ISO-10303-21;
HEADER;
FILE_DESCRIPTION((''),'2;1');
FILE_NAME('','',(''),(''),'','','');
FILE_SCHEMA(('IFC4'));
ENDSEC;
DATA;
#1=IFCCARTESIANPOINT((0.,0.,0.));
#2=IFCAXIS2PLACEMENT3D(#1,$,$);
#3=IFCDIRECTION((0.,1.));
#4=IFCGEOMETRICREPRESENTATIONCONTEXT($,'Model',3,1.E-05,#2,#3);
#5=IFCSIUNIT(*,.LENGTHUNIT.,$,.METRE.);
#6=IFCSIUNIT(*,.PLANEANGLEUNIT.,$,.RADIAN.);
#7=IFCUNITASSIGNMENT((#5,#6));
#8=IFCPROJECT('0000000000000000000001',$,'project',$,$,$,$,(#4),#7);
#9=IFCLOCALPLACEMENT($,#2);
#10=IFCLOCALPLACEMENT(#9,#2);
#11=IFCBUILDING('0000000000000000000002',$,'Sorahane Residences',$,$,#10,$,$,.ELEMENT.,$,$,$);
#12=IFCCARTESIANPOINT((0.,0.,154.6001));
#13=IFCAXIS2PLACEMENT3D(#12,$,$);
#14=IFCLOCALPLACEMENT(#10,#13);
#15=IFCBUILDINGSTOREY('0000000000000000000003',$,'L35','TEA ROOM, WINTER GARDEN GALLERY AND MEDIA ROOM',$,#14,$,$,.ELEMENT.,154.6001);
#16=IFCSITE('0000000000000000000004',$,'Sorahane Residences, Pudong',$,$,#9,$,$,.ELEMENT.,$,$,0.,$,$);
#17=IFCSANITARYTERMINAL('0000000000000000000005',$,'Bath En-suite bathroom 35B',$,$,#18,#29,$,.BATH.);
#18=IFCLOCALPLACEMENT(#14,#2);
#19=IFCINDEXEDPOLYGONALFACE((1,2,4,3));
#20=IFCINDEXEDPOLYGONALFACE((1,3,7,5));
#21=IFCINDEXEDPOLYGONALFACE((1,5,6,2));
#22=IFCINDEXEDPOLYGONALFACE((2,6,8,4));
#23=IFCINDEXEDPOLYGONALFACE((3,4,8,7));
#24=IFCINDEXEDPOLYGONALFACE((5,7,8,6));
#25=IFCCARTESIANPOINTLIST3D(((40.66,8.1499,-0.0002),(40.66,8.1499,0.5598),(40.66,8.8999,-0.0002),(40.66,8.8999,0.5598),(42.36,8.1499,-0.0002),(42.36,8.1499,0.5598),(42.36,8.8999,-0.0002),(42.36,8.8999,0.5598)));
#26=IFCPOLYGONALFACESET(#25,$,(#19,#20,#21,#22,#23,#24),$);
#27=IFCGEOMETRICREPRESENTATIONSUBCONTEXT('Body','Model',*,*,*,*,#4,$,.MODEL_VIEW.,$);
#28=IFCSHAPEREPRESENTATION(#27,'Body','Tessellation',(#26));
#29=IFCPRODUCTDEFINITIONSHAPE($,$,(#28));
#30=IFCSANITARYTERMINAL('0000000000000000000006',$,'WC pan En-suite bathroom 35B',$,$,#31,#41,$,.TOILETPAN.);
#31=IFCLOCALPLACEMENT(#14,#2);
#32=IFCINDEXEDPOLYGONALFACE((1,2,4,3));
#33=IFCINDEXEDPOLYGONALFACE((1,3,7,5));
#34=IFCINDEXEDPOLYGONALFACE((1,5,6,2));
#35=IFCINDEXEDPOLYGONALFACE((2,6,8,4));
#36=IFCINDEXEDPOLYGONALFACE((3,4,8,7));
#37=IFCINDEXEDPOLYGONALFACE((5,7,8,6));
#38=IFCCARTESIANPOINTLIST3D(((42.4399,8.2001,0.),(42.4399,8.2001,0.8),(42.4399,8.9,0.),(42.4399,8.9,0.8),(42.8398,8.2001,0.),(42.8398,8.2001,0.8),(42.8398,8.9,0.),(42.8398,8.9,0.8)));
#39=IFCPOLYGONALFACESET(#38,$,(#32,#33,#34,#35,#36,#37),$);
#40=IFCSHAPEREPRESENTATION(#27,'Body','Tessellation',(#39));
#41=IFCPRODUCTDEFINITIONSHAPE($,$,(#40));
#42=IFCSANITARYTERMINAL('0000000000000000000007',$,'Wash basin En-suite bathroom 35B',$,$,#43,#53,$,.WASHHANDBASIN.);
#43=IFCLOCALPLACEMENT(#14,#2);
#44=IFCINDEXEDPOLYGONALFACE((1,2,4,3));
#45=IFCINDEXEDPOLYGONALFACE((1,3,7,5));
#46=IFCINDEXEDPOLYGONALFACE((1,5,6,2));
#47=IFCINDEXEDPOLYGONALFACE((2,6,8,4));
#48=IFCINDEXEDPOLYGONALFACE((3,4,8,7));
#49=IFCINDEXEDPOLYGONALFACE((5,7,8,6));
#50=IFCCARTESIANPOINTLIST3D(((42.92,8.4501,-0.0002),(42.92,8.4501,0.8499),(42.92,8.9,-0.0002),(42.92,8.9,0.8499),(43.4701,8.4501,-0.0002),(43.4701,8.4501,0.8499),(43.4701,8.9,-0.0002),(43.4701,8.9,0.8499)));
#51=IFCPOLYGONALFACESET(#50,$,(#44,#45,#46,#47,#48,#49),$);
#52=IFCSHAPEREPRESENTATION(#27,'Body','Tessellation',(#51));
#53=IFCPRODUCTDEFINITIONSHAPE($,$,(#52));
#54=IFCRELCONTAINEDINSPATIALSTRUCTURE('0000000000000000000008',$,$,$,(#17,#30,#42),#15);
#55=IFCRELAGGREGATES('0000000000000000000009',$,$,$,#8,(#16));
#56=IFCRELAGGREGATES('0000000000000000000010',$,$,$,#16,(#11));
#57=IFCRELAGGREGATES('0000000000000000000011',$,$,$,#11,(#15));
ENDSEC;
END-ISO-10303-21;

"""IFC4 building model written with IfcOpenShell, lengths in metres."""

from ifc_helpers import new_model, si_unit, direction, frame, origin, origin_2d, place, context, subcontext, project, spatial, rectangle, extrude, element, save


model = new_model("IFC4")

# Units and contexts
model_context = context("Model", 3, precision=1e-05, world=origin(), true_north=direction((0.0, 1.0)))
body_context = subcontext(model_context, "Body", "Model", "MODEL_VIEW")
ifc_project = project(units=[si_unit("LENGTHUNIT", "METRE"), si_unit("PLANEANGLEUNIT", "RADIAN")], contexts=[model_context])

# Site, building, storey
site_placement = place(None, origin())
site = spatial("IfcSite", under=ifc_project, at=site_placement, Name="Sorahane Residences, Pudong", CompositionType="ELEMENT", RefElevation=0.0)
building_placement = place(site_placement, origin())
building = spatial("IfcBuilding", under=site, at=building_placement, Name="Sorahane Residences", CompositionType="ELEMENT")
storey_placement = place(building_placement, frame((0.0, 0.0, 154.6001)))
storey = spatial("IfcBuildingStorey", under=building, at=storey_placement, Name="L35", Description="TEA ROOM, WINTER GARDEN GALLERY AND MEDIA ROOM", CompositionType="ELEMENT", Elevation=154.6001)

# Sanitary terminals
sanitary_terminal_1_placement = place(storey_placement, frame((41.51, 8.5249, -0.0002), z_axis=(0.0, 0.0, 1.0), x_axis=(1.0, 0.0, 0.0)))
element("IfcSanitaryTerminal", 1, at=sanitary_terminal_1_placement, inside=storey, Name="Bath En-suite bathroom 35B", PredefinedType="BATH", context=body_context, shape_type="SweptSolid", body=[
    extrude(rectangle(XDim=1.7, YDim=0.75, at=origin_2d()), origin(), (0.0, 0.0, 1.0), 0.5601),
])
sanitary_terminal_2_placement = place(storey_placement, frame((42.6399, 8.55, 0.0), z_axis=(0.0, 0.0, 1.0), x_axis=(1.0, 0.0, 0.0)))
element("IfcSanitaryTerminal", 2, at=sanitary_terminal_2_placement, inside=storey, Name="WC pan En-suite bathroom 35B", PredefinedType="TOILETPAN", context=body_context, shape_type="SweptSolid", body=[
    extrude(rectangle(XDim=0.3999, YDim=0.7, at=origin_2d()), origin(), (0.0, 0.0, 1.0), 0.8),
])
sanitary_terminal_3_placement = place(storey_placement, frame((43.1951, 8.675, -0.0002), z_axis=(0.0, 0.0, 1.0), x_axis=(1.0, 0.0, 0.0)))
element("IfcSanitaryTerminal", 3, at=sanitary_terminal_3_placement, inside=storey, Name="Wash basin En-suite bathroom 35B", PredefinedType="WASHHANDBASIN", context=body_context, shape_type="SweptSolid", body=[
    extrude(rectangle(XDim=0.55, YDim=0.45, at=origin_2d()), origin(), (0.0, 0.0, 1.0), 0.8501),
])

save(model, "model.ifc")
